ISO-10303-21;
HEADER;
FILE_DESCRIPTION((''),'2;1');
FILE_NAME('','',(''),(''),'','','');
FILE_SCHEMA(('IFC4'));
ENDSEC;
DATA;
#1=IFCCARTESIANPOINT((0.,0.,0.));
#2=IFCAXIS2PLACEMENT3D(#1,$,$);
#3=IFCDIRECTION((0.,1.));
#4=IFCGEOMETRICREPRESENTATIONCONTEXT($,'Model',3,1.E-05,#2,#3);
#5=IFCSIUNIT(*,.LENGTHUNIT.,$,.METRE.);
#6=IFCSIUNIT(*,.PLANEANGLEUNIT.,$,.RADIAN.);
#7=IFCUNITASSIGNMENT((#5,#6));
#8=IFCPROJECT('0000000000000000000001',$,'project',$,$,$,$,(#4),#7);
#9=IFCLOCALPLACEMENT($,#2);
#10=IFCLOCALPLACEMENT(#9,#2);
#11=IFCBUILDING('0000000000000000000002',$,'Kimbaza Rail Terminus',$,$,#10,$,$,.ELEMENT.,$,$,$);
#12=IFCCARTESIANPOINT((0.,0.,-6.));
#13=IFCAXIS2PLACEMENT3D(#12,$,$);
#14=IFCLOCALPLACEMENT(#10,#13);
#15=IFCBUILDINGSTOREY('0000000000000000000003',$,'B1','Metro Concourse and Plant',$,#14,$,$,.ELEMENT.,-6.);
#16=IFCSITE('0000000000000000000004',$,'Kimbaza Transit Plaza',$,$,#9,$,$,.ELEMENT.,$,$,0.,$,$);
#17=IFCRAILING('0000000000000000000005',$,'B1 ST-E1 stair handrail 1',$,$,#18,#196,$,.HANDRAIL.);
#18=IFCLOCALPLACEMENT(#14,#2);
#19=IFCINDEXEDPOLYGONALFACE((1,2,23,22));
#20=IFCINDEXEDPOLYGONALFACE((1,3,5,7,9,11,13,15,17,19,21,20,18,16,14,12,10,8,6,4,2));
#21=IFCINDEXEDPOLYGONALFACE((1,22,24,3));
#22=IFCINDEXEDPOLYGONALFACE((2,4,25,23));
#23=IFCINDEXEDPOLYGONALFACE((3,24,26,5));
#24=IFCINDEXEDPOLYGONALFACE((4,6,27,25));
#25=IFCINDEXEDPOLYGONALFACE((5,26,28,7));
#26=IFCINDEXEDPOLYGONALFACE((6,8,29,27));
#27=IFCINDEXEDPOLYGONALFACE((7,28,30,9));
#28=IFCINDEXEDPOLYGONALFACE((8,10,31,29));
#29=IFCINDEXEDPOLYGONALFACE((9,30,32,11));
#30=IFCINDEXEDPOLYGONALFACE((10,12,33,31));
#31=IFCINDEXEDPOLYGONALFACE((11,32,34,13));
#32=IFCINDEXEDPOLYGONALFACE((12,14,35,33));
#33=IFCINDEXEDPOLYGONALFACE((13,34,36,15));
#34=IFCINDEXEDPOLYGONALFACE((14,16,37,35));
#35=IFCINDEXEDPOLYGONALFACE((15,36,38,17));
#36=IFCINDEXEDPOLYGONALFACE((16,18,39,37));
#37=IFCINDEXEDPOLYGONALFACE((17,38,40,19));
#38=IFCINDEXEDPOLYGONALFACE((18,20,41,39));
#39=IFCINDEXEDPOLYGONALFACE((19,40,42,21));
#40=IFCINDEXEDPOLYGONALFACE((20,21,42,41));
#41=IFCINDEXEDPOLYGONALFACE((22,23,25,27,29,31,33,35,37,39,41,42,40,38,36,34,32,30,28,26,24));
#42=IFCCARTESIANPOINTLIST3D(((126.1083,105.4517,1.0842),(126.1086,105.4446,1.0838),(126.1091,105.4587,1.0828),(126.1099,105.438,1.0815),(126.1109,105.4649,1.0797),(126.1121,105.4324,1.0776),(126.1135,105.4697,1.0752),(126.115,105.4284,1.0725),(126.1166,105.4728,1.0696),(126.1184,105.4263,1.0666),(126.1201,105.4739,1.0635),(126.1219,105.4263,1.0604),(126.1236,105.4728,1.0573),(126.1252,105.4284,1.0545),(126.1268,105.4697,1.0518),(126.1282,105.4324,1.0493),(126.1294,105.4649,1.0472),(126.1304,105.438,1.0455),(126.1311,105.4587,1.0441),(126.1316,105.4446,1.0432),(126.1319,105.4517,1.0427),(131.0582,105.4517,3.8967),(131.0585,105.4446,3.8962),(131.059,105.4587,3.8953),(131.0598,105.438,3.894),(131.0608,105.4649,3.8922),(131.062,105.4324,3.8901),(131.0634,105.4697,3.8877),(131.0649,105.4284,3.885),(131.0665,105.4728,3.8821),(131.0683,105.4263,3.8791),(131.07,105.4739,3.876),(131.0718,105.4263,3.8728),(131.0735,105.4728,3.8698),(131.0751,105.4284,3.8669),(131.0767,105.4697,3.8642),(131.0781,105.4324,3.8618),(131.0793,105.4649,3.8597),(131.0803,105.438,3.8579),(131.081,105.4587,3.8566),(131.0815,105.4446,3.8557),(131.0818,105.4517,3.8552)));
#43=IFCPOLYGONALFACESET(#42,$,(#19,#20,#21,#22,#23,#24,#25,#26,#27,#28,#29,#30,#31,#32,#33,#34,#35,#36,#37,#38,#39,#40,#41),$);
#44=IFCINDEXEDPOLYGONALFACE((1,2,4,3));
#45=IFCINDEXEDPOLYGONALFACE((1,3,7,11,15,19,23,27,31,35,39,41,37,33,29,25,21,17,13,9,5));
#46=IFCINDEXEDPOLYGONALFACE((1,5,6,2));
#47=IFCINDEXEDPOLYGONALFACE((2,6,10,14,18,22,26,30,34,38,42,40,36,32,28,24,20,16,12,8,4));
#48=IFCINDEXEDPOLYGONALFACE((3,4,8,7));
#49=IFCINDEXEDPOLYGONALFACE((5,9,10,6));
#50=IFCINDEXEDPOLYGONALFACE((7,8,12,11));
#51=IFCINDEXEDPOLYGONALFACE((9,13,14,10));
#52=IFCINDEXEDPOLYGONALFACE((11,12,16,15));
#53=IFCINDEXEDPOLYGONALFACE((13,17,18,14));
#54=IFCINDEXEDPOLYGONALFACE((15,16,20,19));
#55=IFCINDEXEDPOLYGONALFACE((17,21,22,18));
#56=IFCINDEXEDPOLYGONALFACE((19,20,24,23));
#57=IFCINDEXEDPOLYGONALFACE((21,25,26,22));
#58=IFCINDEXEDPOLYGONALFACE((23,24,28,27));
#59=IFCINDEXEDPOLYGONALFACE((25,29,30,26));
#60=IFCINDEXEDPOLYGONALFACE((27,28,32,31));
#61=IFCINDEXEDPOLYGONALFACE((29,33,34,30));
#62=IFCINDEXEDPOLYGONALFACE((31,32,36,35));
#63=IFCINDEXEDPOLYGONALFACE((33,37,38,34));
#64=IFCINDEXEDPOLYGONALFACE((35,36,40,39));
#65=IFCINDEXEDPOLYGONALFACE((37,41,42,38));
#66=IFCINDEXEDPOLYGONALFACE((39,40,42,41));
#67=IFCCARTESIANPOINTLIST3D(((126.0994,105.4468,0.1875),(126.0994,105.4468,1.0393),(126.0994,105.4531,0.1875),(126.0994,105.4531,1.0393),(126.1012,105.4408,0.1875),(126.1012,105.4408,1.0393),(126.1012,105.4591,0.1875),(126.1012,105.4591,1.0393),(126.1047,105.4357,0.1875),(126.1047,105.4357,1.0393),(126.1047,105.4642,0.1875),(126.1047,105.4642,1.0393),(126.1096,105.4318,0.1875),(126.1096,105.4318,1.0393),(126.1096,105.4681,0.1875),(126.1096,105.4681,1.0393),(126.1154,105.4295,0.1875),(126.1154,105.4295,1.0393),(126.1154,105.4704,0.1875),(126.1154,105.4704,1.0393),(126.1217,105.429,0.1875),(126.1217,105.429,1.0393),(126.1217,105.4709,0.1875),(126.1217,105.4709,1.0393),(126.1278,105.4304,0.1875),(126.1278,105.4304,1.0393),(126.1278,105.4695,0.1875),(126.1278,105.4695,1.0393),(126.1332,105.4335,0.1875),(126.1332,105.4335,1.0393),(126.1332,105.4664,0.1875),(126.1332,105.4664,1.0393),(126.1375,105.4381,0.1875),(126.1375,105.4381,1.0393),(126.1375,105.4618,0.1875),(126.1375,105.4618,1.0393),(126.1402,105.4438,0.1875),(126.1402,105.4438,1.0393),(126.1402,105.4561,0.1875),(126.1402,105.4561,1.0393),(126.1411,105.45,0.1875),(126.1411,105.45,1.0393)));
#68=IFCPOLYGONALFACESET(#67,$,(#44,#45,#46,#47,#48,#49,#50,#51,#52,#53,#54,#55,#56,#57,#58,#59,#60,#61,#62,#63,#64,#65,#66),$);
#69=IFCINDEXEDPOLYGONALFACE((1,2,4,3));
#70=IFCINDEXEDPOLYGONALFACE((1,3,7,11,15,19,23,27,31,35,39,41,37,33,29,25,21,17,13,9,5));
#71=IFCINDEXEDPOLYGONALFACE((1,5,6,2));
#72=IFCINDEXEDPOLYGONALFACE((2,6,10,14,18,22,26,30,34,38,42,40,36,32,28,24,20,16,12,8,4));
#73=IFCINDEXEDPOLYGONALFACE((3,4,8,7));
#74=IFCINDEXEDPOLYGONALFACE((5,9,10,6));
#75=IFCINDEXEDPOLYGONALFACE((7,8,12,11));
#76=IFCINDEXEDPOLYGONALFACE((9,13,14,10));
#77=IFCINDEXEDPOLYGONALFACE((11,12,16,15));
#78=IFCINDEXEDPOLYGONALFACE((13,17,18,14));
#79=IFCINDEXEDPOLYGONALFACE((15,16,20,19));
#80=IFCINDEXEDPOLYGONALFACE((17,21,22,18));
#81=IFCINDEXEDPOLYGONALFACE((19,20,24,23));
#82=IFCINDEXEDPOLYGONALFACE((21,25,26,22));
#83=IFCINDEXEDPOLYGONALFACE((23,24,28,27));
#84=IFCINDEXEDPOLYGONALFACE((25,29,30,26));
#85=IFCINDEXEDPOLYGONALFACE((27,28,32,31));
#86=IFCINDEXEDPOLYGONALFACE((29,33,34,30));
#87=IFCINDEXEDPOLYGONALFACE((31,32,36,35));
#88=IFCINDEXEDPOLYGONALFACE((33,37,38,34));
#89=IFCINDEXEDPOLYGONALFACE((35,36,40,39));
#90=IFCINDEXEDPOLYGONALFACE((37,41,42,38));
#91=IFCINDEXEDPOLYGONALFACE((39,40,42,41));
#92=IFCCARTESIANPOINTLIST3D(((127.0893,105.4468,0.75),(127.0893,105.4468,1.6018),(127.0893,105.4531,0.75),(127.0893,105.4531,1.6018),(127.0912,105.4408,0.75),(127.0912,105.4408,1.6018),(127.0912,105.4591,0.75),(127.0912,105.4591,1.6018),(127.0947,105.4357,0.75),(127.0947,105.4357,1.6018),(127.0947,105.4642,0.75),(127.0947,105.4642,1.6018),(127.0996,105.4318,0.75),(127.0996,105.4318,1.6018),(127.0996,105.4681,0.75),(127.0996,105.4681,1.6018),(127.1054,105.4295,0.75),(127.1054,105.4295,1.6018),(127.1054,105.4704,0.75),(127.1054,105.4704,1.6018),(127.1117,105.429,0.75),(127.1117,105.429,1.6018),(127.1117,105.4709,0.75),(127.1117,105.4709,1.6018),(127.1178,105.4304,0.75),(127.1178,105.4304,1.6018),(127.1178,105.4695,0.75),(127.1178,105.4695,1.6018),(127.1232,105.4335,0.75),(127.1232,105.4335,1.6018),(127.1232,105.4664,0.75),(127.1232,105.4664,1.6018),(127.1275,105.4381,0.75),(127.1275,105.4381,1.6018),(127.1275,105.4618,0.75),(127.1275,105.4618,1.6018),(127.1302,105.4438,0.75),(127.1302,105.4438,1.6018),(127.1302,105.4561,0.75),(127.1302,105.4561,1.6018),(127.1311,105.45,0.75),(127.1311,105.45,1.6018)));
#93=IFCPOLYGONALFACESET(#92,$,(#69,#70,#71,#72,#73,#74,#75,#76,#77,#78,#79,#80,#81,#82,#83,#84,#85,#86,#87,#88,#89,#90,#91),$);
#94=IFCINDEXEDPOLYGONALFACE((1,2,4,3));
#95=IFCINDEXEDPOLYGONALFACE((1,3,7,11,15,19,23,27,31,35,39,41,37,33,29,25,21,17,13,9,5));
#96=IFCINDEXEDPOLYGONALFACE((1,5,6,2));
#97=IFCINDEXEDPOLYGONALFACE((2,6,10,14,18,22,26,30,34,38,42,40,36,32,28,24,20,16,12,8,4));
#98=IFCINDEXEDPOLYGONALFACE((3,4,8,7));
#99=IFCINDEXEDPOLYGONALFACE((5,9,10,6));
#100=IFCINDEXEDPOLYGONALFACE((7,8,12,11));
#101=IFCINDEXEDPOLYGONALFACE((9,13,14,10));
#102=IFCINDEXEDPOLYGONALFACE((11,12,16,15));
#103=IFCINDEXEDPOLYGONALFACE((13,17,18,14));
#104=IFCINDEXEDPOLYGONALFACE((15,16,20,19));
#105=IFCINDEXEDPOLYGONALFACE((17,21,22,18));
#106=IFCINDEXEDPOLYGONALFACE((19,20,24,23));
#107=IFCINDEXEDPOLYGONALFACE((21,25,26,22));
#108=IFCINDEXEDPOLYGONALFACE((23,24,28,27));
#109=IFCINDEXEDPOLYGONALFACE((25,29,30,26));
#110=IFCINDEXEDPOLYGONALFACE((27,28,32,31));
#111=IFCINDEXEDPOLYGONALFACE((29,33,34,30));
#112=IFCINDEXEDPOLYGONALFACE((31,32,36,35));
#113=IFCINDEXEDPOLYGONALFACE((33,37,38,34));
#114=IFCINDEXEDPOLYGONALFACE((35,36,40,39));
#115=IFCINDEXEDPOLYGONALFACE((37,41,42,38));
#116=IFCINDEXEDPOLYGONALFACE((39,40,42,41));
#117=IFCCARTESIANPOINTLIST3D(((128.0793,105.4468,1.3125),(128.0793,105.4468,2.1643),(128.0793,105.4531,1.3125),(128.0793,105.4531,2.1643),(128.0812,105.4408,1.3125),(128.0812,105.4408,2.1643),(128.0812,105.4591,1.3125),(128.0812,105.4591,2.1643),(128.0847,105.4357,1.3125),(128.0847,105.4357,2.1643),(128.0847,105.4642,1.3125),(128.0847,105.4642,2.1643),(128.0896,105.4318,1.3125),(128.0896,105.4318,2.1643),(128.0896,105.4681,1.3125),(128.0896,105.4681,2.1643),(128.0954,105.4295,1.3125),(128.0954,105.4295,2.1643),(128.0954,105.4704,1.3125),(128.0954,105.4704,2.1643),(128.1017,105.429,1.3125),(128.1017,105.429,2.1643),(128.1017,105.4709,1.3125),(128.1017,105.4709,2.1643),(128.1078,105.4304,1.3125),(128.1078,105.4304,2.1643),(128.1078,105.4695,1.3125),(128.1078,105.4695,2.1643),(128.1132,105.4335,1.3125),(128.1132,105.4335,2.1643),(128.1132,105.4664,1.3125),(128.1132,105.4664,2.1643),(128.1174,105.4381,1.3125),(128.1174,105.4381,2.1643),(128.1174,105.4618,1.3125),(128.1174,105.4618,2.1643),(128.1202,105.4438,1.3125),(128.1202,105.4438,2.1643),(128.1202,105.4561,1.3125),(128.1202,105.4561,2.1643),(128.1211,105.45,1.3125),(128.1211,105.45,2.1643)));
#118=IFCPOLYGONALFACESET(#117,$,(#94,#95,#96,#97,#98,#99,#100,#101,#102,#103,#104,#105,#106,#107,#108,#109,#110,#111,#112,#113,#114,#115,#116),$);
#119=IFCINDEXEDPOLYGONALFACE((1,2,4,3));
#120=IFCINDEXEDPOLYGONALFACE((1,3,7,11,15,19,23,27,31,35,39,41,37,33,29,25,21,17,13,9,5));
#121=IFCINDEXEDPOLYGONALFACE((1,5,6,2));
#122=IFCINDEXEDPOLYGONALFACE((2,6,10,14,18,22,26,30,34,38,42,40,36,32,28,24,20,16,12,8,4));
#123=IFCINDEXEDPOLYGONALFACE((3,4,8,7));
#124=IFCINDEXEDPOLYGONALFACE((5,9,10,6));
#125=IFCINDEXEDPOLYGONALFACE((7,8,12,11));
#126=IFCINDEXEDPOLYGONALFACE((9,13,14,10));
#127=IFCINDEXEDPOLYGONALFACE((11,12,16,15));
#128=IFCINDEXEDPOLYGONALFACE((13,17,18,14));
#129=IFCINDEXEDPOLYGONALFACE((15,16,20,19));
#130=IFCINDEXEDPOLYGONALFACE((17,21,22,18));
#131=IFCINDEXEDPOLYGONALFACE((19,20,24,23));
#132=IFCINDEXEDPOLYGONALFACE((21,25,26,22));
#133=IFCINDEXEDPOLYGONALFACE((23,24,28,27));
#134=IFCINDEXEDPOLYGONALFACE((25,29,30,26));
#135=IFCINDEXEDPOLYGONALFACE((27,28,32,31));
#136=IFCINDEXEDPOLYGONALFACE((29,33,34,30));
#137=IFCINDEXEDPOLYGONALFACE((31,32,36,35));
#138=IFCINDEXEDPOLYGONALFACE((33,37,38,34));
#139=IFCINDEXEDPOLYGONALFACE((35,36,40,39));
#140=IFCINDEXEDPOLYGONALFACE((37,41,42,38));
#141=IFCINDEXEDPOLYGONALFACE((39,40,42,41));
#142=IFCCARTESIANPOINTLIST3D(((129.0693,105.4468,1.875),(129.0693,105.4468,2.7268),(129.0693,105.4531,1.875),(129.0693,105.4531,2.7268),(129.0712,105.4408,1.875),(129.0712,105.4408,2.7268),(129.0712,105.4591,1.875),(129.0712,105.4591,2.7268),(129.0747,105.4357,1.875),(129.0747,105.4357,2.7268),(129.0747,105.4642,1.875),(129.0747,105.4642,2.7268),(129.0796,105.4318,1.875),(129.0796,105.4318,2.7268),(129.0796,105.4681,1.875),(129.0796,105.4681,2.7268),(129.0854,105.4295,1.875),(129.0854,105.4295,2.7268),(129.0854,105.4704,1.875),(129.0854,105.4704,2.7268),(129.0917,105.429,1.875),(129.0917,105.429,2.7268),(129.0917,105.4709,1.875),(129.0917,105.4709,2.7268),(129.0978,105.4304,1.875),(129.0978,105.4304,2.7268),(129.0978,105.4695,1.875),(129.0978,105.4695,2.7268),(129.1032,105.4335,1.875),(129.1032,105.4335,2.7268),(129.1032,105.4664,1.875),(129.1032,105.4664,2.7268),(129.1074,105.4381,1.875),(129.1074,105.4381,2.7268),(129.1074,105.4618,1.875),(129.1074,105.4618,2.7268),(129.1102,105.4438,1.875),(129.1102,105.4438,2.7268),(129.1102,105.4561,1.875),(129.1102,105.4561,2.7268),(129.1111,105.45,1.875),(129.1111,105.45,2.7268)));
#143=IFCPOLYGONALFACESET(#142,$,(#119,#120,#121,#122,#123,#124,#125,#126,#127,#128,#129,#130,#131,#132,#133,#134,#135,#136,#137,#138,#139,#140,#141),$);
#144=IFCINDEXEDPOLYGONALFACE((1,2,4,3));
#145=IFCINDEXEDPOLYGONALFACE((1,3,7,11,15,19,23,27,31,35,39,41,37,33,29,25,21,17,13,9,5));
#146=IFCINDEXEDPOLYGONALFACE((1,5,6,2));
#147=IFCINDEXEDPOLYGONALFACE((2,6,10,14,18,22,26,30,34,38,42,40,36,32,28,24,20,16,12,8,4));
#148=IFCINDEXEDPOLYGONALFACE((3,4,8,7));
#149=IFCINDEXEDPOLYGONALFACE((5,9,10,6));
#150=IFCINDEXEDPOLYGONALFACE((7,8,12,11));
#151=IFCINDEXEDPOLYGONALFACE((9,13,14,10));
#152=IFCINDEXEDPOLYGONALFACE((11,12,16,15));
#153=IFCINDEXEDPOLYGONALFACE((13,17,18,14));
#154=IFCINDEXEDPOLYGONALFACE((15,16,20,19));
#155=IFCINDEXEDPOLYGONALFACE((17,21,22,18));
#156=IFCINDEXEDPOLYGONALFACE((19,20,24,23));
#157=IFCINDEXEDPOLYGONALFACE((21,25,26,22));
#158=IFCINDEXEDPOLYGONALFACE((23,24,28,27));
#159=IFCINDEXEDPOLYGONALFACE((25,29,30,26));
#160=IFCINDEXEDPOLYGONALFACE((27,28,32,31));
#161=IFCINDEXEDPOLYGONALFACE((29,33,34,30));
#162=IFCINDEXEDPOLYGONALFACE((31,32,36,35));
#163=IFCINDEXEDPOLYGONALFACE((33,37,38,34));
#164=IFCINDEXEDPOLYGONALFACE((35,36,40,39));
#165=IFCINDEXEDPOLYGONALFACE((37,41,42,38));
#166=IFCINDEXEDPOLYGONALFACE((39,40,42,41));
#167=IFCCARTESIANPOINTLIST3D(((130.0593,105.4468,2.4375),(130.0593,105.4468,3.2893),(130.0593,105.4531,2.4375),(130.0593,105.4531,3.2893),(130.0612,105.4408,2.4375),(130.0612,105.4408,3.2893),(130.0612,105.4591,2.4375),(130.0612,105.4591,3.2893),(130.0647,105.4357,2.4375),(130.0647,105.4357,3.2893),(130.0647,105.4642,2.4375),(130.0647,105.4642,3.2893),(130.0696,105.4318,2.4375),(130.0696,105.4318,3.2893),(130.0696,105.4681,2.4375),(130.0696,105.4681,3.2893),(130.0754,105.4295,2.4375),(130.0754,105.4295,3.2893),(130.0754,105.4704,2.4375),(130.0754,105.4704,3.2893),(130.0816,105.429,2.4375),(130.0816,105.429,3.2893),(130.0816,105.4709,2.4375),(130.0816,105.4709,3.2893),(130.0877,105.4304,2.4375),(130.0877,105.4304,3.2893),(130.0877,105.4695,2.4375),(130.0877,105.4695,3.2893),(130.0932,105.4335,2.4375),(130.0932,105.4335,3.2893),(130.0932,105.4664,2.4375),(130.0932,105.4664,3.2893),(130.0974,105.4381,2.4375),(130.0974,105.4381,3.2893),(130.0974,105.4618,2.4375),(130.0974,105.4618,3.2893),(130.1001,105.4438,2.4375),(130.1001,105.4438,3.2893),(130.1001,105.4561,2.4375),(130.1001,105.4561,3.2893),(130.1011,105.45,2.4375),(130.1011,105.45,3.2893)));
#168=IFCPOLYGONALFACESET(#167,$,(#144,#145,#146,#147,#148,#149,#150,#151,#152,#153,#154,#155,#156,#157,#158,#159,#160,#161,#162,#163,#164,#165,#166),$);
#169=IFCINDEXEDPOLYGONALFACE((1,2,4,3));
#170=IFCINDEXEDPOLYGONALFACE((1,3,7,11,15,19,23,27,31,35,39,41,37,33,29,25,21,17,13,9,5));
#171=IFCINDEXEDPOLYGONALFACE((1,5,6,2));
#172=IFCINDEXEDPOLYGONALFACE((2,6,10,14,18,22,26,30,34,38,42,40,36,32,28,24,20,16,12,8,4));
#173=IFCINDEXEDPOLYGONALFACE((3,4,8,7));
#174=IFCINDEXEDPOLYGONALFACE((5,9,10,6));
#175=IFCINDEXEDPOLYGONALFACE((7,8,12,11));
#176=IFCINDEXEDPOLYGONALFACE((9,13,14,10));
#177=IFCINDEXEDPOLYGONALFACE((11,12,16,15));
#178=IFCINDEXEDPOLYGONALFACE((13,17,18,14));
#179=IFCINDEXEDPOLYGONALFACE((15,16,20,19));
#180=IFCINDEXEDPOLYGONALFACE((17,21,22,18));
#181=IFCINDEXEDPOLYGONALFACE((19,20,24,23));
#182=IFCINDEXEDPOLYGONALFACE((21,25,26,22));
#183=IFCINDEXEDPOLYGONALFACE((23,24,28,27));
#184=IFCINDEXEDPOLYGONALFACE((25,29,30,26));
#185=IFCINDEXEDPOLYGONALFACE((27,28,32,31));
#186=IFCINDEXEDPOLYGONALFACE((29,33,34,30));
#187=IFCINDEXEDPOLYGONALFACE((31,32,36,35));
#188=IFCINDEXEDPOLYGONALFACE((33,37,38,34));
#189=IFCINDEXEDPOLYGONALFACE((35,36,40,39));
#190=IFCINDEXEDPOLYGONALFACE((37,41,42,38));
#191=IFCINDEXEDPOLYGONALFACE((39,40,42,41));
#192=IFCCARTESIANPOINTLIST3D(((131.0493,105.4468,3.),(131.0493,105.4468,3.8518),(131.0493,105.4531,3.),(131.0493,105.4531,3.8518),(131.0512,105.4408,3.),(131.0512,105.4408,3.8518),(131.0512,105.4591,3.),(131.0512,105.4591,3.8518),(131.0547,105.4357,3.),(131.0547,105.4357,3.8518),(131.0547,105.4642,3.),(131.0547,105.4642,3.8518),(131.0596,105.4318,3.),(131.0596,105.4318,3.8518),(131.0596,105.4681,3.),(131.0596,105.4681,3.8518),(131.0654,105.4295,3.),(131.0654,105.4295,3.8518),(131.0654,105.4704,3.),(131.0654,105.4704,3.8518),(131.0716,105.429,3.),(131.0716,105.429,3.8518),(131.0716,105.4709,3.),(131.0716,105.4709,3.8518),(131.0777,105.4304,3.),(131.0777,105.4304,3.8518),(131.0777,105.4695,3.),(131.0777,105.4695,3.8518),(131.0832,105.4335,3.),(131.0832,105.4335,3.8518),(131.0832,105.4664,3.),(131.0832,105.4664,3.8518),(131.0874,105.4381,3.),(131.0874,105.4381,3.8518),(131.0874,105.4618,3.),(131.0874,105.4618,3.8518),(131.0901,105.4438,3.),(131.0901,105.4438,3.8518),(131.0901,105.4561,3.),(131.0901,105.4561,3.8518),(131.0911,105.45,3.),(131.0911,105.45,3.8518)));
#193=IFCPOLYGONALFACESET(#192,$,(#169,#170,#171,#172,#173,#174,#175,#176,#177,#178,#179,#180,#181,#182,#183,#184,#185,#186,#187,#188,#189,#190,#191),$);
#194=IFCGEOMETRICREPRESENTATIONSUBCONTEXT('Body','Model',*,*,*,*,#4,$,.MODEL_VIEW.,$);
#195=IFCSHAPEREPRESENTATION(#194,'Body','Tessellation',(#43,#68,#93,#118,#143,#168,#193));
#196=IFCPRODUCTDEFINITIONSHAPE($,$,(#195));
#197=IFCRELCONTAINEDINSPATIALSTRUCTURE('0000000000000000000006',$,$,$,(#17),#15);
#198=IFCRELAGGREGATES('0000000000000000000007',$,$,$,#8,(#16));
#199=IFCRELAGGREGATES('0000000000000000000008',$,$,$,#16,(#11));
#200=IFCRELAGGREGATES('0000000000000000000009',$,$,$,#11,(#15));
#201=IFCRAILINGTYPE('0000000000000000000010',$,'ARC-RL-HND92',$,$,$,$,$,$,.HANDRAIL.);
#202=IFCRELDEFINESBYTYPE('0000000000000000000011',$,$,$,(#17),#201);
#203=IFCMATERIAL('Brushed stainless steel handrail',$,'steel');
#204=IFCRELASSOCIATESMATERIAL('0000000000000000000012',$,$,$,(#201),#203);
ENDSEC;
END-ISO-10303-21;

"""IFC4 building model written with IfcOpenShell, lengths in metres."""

from ifc_helpers import new_model, si_unit, direction, frame, origin, origin_2d, place, context, subcontext, project, spatial, circle, extrude, material, type_object, element, save


model = new_model("IFC4")

# Units and contexts
model_context = context("Model", 3, precision=1e-05, world=origin(), true_north=direction((0.0, 1.0)))
body_context = subcontext(model_context, "Body", "Model", "MODEL_VIEW")
ifc_project = project(units=[si_unit("LENGTHUNIT", "METRE"), si_unit("PLANEANGLEUNIT", "RADIAN")], contexts=[model_context])

# Site, building, storey
site_placement = place(None, origin())
site = spatial("IfcSite", under=ifc_project, at=site_placement, Name="Kimbaza Transit Plaza", CompositionType="ELEMENT", RefElevation=0.0)
building_placement = place(site_placement, origin())
building = spatial("IfcBuilding", under=site, at=building_placement, Name="Kimbaza Rail Terminus", CompositionType="ELEMENT")
storey_placement = place(building_placement, frame((0.0, 0.0, -6.0)))
storey = spatial("IfcBuildingStorey", under=building, at=storey_placement, Name="B1", Description="Metro Concourse and Plant", CompositionType="ELEMENT", Elevation=-6.0)

# Railing
ifc_material_1 = material(Name="Brushed stainless steel handrail", Category="steel")
railing_type_1 = type_object("IfcRailingType", Name="ARC-RL-HND92", PredefinedType="HANDRAIL", material=ifc_material_1)
railing_1_placement = place(storey_placement, frame((126.1201, 105.45, 0.1875)))
element("IfcRailing", 1, at=railing_1_placement, inside=storey, type_object=railing_type_1, Name="B1 ST-E1 stair handrail 1", PredefinedType="HANDRAIL", context=body_context, shape_type="SweptSolid", body=[
    extrude(circle(Radius=0.0239, at=origin_2d()), frame((0.0, 0.0, 0.876), z_axis=(0.869454, 0.0, 0.494013), x_axis=(0.0, 1.0, 0.0)), (0.0, 0.0, 1.0), 5.6931),
    extrude(circle(Radius=0.021, at=origin_2d()), origin(), (0.0, 0.0, 1.0), 0.8518),
    extrude(circle(Radius=0.021, at=origin_2d()), frame((0.99, 0.0, 0.5625)), (0.0, 0.0, 1.0), 0.8518),
    extrude(circle(Radius=0.021, at=origin_2d()), frame((1.98, 0.0, 1.125)), (0.0, 0.0, 1.0), 0.8518),
    extrude(circle(Radius=0.021, at=origin_2d()), frame((2.97, 0.0, 1.6875)), (0.0, 0.0, 1.0), 0.8518),
    extrude(circle(Radius=0.021, at=origin_2d()), frame((3.96, 0.0, 2.25)), (0.0, 0.0, 1.0), 0.8518),
    extrude(circle(Radius=0.021, at=origin_2d()), frame((4.95, 0.0, 2.8125)), (0.0, 0.0, 1.0), 0.8518),
])

save(model, "model.ifc")
